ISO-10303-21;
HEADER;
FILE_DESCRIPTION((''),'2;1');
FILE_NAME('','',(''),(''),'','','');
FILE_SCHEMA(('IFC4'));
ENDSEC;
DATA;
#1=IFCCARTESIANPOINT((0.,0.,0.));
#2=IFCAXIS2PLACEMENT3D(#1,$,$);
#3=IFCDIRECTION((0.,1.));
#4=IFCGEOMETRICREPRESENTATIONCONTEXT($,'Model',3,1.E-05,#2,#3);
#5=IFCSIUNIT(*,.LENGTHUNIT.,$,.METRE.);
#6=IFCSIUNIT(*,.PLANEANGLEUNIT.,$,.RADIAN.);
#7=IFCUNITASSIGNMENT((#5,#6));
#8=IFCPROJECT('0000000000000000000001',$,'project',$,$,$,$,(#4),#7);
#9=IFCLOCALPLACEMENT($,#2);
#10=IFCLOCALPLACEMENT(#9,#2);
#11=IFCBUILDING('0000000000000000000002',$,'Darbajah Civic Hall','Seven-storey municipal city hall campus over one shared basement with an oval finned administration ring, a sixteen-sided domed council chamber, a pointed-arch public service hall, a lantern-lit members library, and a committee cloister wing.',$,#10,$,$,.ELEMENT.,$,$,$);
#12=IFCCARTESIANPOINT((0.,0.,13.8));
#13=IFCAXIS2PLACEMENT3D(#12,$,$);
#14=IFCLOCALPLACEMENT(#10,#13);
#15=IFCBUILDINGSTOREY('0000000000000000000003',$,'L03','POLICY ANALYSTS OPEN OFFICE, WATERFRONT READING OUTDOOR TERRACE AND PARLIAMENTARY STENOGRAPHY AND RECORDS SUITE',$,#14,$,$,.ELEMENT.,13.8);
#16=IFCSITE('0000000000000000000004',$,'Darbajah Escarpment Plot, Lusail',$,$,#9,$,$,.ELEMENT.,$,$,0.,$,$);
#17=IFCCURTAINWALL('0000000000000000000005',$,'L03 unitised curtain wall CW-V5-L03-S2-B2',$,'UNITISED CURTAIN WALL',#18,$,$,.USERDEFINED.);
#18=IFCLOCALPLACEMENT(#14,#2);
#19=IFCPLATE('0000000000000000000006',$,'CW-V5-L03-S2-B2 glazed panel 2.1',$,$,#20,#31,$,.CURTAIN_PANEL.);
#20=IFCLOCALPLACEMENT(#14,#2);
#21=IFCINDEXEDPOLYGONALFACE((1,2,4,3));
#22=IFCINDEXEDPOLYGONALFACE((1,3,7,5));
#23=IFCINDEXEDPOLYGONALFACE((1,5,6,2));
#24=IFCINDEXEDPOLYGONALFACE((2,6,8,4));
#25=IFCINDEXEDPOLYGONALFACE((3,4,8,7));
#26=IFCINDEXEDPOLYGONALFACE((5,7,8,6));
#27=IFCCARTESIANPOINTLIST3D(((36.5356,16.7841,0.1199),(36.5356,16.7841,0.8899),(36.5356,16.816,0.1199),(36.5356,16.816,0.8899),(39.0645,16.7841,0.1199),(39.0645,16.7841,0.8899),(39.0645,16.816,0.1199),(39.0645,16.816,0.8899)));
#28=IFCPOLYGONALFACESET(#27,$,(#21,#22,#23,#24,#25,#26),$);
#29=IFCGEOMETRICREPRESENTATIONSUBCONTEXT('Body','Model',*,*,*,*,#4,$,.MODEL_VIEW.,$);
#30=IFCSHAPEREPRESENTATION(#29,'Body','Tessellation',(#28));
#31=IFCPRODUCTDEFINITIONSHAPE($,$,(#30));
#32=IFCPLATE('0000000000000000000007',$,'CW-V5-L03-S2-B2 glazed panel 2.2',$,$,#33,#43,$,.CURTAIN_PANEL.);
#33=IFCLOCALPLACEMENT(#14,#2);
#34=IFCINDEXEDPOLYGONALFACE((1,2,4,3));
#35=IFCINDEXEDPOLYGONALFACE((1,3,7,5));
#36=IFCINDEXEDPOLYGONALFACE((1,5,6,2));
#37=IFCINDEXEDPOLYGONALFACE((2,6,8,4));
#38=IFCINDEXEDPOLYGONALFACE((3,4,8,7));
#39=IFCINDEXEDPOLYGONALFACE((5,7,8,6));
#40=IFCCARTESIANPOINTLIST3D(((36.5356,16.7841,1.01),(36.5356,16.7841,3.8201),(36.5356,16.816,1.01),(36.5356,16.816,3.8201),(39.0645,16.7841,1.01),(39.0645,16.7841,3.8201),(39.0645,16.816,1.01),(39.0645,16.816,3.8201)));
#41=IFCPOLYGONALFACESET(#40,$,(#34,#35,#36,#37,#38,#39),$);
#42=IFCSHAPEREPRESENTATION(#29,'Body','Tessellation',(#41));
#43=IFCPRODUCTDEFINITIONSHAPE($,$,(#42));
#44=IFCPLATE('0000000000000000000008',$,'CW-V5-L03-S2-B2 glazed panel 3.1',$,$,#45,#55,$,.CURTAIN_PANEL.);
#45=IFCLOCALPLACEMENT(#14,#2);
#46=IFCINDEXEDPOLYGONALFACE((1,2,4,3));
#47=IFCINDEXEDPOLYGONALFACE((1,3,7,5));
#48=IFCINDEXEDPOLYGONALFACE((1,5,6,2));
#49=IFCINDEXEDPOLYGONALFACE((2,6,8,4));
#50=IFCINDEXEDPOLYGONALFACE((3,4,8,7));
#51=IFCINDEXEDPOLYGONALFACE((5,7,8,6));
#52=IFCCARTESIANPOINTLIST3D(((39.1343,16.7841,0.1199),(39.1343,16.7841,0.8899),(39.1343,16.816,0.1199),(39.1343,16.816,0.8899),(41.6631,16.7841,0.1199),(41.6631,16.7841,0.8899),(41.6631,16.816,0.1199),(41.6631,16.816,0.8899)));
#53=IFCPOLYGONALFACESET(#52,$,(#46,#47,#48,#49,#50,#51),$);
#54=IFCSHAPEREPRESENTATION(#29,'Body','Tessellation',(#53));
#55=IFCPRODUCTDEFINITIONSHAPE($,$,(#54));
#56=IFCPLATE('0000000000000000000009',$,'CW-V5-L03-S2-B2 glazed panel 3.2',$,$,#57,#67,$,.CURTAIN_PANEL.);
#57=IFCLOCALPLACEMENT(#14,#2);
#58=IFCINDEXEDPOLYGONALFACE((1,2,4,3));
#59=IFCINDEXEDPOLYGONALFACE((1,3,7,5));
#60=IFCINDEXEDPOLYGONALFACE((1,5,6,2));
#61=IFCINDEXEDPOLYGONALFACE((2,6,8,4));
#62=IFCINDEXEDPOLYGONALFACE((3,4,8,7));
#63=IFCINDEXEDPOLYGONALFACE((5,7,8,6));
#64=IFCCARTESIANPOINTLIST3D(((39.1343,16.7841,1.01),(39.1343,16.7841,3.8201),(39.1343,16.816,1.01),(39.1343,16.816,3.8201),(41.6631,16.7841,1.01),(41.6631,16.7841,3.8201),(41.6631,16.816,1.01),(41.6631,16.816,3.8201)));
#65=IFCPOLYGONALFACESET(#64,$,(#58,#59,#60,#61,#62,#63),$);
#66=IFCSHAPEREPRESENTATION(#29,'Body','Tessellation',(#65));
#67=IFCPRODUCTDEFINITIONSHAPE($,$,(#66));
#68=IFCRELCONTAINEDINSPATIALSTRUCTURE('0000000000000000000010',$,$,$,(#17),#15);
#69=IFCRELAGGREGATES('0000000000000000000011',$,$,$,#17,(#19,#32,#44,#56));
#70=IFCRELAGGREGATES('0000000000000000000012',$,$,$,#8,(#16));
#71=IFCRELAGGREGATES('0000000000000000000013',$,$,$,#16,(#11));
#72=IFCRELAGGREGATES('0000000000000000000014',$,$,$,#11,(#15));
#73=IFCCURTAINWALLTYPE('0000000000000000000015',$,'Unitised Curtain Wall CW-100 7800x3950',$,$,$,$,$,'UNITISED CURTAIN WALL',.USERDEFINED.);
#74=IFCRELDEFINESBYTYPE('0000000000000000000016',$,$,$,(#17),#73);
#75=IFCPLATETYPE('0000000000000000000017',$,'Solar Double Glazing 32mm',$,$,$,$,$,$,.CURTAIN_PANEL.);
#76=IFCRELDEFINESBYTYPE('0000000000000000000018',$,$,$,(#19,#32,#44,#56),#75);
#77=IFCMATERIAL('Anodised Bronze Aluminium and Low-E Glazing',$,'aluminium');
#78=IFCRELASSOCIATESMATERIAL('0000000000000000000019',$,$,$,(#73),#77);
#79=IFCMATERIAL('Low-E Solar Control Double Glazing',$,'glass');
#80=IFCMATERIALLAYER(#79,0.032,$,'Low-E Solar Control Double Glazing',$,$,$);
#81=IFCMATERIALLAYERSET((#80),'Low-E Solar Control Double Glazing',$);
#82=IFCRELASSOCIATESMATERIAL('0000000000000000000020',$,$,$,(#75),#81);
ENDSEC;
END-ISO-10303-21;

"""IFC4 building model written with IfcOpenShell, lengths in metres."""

from ifc_helpers import new_model, si_unit, direction, frame, origin, origin_2d, place, context, subcontext, project, spatial, rectangle, extrude, material, layer, layer_set, type_object, element, aggregate, save


model = new_model("IFC4")

# Units and contexts
model_context = context("Model", 3, precision=1e-05, world=origin(), true_north=direction((0.0, 1.0)))
body_context = subcontext(model_context, "Body", "Model", "MODEL_VIEW")
ifc_project = project(units=[si_unit("LENGTHUNIT", "METRE"), si_unit("PLANEANGLEUNIT", "RADIAN")], contexts=[model_context])

# Site, building, storey
site_placement = place(None, origin())
site = spatial("IfcSite", under=ifc_project, at=site_placement, Name="Darbajah Escarpment Plot, Lusail", CompositionType="ELEMENT", RefElevation=0.0)
building_placement = place(site_placement, origin())
building = spatial("IfcBuilding", under=site, at=building_placement, Name="Darbajah Civic Hall", Description="Seven-storey municipal city hall campus over one shared basement with an oval finned administration ring, a sixteen-sided domed council chamber, a pointed-arch public service hall, a lantern-lit members library, and a committee cloister wing.", CompositionType="ELEMENT")
storey_placement = place(building_placement, frame((0.0, 0.0, 13.8)))
storey = spatial("IfcBuildingStorey", under=building, at=storey_placement, Name="L03", Description="POLICY ANALYSTS OPEN OFFICE, WATERFRONT READING OUTDOOR TERRACE AND PARLIAMENTARY STENOGRAPHY AND RECORDS SUITE", CompositionType="ELEMENT", Elevation=13.8)

# Shared definitions
ifc_material_1 = material(Name="Anodised Bronze Aluminium and Low-E Glazing", Category="aluminium")
curtain_wall_type = type_object("IfcCurtainWallType", Name="Unitised Curtain Wall CW-100 7800x3950", ElementType="UNITISED CURTAIN WALL", PredefinedType="USERDEFINED", material=ifc_material_1)

# Curtain wall
curtain_wall_1_placement = place(storey_placement, origin())
curtain_wall_1 = element("IfcCurtainWall", 1, at=curtain_wall_1_placement, inside=storey, type_object=curtain_wall_type, Name="L03 unitised curtain wall CW-V5-L03-S2-B2", ObjectType="UNITISED CURTAIN WALL", PredefinedType="USERDEFINED")

# Plates
ifc_material_2 = material(Name="Low-E Solar Control Double Glazing", Category="glass")
ifc_layer = layer(ifc_material_2, 0.032, Name="Low-E Solar Control Double Glazing")
ifc_layer_set = layer_set([ifc_layer], Name="Low-E Solar Control Double Glazing")
plate_type = type_object("IfcPlateType", Name="Solar Double Glazing 32mm", PredefinedType="CURTAIN_PANEL", material=ifc_layer_set)
plate_1_placement = place(storey_placement, frame((37.8, 16.8, 0.1199), z_axis=(0.0, 0.0, 1.0), x_axis=(1.0, 0.0, 0.0)))
plate_1 = element("IfcPlate", 2, at=plate_1_placement, type_object=plate_type, Name="CW-V5-L03-S2-B2 glazed panel 2.1", PredefinedType="CURTAIN_PANEL", context=body_context, shape_type="SweptSolid", body=[
    extrude(rectangle(XDim=2.5288, YDim=0.032, at=origin_2d()), origin(), (0.0, 0.0, 1.0), 0.77),
])
plate_2_placement = place(storey_placement, frame((37.8, 16.8, 1.01), z_axis=(0.0, 0.0, 1.0), x_axis=(1.0, 0.0, 0.0)))
plate_2 = element("IfcPlate", 3, at=plate_2_placement, type_object=plate_type, Name="CW-V5-L03-S2-B2 glazed panel 2.2", PredefinedType="CURTAIN_PANEL", context=body_context, shape_type="SweptSolid", body=[
    extrude(rectangle(XDim=2.5288, YDim=0.032, at=origin_2d()), origin(), (0.0, 0.0, 1.0), 2.8101),
])
plate_3_placement = place(storey_placement, frame((40.3987, 16.8, 0.1199), z_axis=(0.0, 0.0, 1.0), x_axis=(1.0, 0.0, 0.0)))
plate_3 = element("IfcPlate", 4, at=plate_3_placement, type_object=plate_type, Name="CW-V5-L03-S2-B2 glazed panel 3.1", PredefinedType="CURTAIN_PANEL", context=body_context, shape_type="SweptSolid", body=[
    extrude(rectangle(XDim=2.5288, YDim=0.032, at=origin_2d()), origin(), (0.0, 0.0, 1.0), 0.77),
])
plate_4_placement = place(storey_placement, frame((40.3987, 16.8, 1.01), z_axis=(0.0, 0.0, 1.0), x_axis=(1.0, 0.0, 0.0)))
plate_4 = element("IfcPlate", 5, at=plate_4_placement, type_object=plate_type, Name="CW-V5-L03-S2-B2 glazed panel 3.2", PredefinedType="CURTAIN_PANEL", context=body_context, shape_type="SweptSolid", body=[
    extrude(rectangle(XDim=2.5288, YDim=0.032, at=origin_2d()), origin(), (0.0, 0.0, 1.0), 2.8101),
])
aggregate(curtain_wall_1, [plate_1, plate_2, plate_3, plate_4])

save(model, "model.ifc")
